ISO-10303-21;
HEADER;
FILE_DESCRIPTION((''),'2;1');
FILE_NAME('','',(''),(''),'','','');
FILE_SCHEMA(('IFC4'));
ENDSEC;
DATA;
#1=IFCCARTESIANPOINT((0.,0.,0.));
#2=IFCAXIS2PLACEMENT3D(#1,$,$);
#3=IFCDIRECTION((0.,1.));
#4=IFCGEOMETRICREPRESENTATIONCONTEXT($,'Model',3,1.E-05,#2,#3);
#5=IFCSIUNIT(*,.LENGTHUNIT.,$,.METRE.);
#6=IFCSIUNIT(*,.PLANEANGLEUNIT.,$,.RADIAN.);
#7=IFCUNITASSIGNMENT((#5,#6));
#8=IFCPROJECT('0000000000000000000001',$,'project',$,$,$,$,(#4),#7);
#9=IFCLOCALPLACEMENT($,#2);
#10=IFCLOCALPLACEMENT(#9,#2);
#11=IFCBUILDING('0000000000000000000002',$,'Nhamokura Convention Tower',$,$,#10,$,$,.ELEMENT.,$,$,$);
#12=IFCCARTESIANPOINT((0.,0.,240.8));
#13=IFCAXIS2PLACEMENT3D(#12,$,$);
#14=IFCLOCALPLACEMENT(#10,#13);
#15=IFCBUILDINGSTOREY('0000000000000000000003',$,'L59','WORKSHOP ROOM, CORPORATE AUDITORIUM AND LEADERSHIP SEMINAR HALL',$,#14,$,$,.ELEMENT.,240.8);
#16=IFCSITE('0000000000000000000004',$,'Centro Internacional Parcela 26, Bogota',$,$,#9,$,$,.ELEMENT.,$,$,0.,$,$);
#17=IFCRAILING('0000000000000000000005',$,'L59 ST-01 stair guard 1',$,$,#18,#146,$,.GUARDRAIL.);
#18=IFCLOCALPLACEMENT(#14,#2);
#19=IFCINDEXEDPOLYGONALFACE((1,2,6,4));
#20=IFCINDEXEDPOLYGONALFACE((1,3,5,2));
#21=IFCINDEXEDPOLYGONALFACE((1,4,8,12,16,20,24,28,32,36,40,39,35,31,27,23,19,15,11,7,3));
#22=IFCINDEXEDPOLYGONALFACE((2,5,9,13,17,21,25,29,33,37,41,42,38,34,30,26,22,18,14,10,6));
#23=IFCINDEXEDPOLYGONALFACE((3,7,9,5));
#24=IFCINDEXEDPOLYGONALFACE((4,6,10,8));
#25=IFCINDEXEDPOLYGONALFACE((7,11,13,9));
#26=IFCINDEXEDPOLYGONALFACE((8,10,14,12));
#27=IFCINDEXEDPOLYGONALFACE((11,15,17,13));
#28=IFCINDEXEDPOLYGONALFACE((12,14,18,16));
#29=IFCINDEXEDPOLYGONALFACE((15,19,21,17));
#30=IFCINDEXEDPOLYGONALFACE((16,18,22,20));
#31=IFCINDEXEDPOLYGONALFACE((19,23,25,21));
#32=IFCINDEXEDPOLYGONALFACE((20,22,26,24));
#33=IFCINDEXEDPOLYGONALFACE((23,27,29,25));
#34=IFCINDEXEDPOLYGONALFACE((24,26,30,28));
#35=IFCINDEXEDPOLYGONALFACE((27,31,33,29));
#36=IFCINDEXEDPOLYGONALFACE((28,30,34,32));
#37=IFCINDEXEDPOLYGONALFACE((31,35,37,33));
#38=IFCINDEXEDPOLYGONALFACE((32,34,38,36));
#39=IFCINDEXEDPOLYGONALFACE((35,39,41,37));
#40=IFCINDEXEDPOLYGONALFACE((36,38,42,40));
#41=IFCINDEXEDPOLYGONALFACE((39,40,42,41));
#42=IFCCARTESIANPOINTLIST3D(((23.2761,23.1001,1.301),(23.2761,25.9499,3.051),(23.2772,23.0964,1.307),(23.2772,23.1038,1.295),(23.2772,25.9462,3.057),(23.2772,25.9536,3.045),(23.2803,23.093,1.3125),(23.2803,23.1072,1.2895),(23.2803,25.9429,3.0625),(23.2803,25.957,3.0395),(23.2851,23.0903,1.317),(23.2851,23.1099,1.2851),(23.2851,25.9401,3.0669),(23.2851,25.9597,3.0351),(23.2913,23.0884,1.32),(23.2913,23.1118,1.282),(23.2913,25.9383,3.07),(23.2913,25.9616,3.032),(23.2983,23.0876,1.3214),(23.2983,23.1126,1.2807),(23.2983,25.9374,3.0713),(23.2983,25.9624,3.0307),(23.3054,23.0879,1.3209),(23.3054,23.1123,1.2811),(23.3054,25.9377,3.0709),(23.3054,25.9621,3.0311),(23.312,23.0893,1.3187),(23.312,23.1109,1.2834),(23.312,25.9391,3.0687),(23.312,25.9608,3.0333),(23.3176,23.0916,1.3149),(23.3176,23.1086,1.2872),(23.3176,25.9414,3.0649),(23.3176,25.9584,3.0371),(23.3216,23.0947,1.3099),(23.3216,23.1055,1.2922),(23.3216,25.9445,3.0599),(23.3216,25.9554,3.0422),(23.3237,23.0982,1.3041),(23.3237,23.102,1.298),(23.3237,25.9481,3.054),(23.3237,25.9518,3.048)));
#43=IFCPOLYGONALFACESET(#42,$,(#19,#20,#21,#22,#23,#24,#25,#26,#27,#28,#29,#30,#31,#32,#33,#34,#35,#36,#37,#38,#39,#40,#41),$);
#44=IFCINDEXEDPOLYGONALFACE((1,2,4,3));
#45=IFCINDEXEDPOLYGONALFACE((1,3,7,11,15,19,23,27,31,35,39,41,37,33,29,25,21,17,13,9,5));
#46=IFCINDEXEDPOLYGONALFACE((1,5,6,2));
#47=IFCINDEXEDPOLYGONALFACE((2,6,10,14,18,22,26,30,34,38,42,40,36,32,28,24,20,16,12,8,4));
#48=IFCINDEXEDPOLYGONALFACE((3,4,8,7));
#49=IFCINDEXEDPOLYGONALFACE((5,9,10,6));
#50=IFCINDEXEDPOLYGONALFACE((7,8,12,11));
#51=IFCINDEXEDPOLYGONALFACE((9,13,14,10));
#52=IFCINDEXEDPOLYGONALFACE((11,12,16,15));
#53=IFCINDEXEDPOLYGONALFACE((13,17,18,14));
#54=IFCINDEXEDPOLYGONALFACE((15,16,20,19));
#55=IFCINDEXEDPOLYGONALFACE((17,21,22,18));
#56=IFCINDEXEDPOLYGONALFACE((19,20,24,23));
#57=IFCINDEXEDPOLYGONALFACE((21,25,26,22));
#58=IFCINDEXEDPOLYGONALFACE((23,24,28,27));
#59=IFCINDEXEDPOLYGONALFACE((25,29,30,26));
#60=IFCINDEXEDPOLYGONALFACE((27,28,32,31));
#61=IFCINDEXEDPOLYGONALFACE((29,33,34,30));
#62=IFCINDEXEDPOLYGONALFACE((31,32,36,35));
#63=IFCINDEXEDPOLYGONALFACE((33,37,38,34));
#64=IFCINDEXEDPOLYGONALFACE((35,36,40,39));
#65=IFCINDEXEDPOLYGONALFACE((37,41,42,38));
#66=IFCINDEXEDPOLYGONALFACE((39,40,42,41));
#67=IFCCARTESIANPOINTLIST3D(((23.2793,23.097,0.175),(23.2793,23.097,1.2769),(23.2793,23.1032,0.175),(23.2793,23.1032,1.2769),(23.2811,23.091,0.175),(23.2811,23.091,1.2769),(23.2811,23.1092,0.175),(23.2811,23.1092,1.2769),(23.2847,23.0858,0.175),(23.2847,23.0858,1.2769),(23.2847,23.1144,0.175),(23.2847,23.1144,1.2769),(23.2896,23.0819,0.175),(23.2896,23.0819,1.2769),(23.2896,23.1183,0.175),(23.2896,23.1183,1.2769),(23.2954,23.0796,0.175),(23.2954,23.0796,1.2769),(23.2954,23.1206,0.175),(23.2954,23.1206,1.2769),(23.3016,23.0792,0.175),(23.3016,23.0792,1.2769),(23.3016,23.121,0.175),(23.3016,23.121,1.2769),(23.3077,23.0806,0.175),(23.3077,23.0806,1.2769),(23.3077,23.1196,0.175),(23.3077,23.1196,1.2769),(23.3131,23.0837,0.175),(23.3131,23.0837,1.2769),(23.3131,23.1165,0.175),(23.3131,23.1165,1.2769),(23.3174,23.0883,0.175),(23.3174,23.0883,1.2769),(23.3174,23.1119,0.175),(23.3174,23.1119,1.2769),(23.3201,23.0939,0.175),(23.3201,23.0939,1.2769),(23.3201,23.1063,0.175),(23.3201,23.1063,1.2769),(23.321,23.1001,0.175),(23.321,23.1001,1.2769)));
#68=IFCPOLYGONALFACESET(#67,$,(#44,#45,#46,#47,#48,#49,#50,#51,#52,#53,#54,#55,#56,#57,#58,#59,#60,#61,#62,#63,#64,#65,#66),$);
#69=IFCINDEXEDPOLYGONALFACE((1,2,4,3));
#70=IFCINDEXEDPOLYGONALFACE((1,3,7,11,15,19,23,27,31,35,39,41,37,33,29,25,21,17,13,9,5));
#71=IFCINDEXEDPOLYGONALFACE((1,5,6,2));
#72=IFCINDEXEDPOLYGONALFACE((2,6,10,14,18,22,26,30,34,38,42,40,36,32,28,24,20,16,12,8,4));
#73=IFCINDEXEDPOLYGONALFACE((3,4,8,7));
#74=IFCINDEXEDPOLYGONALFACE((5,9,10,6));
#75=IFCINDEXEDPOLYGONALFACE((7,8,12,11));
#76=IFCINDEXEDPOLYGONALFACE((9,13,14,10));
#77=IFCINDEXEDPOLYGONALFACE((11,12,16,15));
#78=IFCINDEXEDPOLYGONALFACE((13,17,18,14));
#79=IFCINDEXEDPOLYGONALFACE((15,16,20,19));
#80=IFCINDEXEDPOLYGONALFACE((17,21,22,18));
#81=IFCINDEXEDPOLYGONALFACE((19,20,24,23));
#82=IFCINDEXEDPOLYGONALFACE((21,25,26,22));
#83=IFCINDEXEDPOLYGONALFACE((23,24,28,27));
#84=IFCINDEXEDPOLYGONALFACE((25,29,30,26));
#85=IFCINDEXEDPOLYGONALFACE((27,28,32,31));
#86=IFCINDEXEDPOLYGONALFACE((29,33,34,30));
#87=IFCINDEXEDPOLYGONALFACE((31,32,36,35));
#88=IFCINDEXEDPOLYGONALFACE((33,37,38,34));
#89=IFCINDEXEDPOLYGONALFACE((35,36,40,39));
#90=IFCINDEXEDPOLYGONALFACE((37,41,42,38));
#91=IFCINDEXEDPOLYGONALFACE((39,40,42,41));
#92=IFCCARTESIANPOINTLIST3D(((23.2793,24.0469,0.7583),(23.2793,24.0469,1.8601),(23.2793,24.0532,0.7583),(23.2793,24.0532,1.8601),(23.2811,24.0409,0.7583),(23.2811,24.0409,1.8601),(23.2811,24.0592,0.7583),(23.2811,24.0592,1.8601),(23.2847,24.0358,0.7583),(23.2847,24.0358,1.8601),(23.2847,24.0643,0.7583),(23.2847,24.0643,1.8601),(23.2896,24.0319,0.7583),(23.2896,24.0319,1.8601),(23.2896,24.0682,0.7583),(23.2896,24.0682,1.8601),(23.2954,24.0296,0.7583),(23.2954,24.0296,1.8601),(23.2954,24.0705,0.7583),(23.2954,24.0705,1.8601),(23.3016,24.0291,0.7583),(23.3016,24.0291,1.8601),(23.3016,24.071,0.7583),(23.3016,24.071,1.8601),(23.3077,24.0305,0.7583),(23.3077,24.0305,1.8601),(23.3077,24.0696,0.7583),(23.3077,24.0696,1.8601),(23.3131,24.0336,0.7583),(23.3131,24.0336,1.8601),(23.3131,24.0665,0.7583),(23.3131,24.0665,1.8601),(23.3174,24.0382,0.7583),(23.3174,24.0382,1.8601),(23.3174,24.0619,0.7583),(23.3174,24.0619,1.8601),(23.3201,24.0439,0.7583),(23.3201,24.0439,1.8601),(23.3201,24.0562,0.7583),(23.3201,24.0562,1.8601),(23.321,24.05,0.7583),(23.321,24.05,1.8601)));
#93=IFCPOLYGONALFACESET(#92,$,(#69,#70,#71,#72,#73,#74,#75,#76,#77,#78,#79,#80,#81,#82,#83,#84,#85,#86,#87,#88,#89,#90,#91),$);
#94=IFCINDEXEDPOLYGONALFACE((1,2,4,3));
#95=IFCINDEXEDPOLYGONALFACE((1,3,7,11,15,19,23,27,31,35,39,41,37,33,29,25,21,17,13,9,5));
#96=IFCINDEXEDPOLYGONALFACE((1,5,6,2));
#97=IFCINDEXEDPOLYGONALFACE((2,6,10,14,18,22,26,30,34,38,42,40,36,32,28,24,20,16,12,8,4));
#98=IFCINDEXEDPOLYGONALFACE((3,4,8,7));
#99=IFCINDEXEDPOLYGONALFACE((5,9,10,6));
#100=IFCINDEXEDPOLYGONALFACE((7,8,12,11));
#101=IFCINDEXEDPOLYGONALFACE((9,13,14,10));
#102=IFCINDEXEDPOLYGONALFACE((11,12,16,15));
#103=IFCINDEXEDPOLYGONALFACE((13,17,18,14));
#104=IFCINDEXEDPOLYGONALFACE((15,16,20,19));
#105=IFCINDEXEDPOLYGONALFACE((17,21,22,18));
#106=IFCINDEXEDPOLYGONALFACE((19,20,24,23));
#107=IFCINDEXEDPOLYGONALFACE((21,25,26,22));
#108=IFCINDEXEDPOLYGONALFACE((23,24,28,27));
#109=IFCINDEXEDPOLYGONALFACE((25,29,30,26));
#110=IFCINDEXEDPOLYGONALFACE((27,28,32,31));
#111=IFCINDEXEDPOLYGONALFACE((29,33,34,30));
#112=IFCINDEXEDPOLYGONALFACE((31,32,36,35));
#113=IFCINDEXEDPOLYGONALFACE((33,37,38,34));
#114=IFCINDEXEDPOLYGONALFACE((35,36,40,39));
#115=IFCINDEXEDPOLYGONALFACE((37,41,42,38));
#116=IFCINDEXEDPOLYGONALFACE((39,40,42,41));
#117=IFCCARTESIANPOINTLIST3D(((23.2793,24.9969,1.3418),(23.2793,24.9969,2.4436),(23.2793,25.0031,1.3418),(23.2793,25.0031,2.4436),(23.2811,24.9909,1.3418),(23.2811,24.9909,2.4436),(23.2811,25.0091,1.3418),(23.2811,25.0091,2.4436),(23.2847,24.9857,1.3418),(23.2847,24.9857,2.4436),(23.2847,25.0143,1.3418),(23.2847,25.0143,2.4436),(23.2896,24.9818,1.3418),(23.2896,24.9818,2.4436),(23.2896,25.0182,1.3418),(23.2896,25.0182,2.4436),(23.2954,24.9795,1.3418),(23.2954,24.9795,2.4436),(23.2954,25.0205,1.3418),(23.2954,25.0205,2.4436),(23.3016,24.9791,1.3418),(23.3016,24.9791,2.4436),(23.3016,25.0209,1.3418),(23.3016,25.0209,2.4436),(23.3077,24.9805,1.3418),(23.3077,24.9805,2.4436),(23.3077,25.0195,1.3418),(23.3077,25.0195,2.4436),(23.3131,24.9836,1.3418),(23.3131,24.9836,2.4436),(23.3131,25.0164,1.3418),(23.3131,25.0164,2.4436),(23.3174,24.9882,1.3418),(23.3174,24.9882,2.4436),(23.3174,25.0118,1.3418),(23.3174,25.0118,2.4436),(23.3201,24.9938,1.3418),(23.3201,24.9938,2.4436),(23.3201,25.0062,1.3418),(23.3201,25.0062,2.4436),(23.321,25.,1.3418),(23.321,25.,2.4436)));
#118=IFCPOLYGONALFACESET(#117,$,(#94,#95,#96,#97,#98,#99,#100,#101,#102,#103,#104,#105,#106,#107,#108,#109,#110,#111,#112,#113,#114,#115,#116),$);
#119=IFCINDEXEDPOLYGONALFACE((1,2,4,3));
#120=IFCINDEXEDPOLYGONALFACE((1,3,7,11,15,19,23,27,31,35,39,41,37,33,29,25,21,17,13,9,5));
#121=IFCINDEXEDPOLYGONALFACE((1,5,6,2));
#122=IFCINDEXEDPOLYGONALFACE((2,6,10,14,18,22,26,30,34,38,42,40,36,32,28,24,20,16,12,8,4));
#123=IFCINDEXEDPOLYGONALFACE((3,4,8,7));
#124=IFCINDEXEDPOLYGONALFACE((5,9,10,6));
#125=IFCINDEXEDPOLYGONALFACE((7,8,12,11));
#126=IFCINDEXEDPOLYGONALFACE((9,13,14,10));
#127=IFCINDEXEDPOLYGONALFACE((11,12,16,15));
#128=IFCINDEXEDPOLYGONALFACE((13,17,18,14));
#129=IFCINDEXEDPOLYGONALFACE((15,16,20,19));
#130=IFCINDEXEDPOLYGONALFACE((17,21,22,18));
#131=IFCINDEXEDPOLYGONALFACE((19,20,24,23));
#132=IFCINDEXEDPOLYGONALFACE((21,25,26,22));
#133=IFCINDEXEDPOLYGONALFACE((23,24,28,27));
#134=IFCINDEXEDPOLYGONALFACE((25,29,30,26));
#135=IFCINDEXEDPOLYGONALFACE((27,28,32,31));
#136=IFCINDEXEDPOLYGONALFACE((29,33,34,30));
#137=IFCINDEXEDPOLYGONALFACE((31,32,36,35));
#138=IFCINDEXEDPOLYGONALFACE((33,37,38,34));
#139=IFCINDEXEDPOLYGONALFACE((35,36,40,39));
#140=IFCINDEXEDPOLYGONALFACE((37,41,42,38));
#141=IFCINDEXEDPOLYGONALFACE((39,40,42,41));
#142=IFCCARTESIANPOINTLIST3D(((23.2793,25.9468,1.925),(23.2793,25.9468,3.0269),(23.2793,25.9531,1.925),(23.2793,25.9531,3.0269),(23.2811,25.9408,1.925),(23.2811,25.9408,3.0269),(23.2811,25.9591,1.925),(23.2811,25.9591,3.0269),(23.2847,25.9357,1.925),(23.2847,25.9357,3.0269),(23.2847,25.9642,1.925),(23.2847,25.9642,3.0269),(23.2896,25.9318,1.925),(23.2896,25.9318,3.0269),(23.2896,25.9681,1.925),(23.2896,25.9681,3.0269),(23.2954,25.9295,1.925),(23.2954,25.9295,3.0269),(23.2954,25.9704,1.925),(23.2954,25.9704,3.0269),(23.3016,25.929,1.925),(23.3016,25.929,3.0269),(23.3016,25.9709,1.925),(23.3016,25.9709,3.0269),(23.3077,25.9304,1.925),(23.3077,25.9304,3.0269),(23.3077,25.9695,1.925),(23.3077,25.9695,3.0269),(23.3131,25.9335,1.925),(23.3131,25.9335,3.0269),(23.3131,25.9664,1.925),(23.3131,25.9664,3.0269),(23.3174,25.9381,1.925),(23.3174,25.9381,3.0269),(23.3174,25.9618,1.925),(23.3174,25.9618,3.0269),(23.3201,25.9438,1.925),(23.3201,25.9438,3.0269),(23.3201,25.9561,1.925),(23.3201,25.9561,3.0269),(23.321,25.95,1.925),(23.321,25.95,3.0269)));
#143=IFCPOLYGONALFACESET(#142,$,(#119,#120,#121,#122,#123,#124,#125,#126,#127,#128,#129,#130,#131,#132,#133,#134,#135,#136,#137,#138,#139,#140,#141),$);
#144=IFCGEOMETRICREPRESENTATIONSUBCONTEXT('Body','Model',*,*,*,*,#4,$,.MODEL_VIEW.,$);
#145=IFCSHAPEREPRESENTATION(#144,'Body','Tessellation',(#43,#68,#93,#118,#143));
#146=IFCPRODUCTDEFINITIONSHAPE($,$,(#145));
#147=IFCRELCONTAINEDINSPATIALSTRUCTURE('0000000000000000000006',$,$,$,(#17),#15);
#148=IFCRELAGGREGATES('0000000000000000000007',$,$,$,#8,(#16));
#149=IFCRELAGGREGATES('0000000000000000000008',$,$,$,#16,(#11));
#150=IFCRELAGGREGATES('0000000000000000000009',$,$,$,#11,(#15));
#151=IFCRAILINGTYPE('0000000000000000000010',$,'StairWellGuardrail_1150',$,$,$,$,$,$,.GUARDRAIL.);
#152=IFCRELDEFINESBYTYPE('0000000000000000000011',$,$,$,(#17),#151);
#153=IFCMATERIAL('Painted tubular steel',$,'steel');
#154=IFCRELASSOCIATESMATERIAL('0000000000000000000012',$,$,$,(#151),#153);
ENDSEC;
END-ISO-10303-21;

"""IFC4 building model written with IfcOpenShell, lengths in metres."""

from ifc_helpers import new_model, si_unit, direction, frame, origin, origin_2d, place, context, subcontext, project, spatial, circle, extrude, material, type_object, element, save


model = new_model("IFC4")

# Units and contexts
model_context = context("Model", 3, precision=1e-05, world=origin(), true_north=direction((0.0, 1.0)))
body_context = subcontext(model_context, "Body", "Model", "MODEL_VIEW")
ifc_project = project(units=[si_unit("LENGTHUNIT", "METRE"), si_unit("PLANEANGLEUNIT", "RADIAN")], contexts=[model_context])

# Site, building, storey
site_placement = place(None, origin())
site = spatial("IfcSite", under=ifc_project, at=site_placement, Name="Centro Internacional Parcela 26, Bogota", CompositionType="ELEMENT", RefElevation=0.0)
building_placement = place(site_placement, origin())
building = spatial("IfcBuilding", under=site, at=building_placement, Name="Nhamokura Convention Tower", CompositionType="ELEMENT")
storey_placement = place(building_placement, frame((0.0, 0.0, 240.8)))
storey = spatial("IfcBuildingStorey", under=building, at=storey_placement, Name="L59", Description="WORKSHOP ROOM, CORPORATE AUDITORIUM AND LEADERSHIP SEMINAR HALL", CompositionType="ELEMENT", Elevation=240.8)

# Railing
ifc_material_1 = material(Name="Painted tubular steel", Category="steel")
railing_type_1 = type_object("IfcRailingType", Name="StairWellGuardrail_1150", PredefinedType="GUARDRAIL", material=ifc_material_1)
railing_1_placement = place(storey_placement, frame((23.3, 23.1001, 0.175)))
element("IfcRailing", 1, at=railing_1_placement, inside=storey, type_object=railing_type_1, Name="L59 ST-01 stair guard 1", PredefinedType="GUARDRAIL", context=body_context, shape_type="SweptSolid", body=[
    extrude(circle(Radius=0.0239, at=origin_2d()), frame((0.0, 0.0, 1.126), z_axis=(0.0, 0.852159, 0.523283), x_axis=(-1.0, 0.0, 0.0)), (0.0, 0.0, 1.0), 3.3442),
    extrude(circle(Radius=0.021, at=origin_2d()), origin(), (0.0, 0.0, 1.0), 1.1018),
    extrude(circle(Radius=0.021, at=origin_2d()), frame((0.0, 0.95, 0.5833)), (0.0, 0.0, 1.0), 1.1018),
    extrude(circle(Radius=0.021, at=origin_2d()), frame((0.0, 1.8999, 1.1667)), (0.0, 0.0, 1.0), 1.1018),
    extrude(circle(Radius=0.021, at=origin_2d()), frame((0.0, 2.8499, 1.75)), (0.0, 0.0, 1.0), 1.1018),
])

save(model, "model.ifc")
